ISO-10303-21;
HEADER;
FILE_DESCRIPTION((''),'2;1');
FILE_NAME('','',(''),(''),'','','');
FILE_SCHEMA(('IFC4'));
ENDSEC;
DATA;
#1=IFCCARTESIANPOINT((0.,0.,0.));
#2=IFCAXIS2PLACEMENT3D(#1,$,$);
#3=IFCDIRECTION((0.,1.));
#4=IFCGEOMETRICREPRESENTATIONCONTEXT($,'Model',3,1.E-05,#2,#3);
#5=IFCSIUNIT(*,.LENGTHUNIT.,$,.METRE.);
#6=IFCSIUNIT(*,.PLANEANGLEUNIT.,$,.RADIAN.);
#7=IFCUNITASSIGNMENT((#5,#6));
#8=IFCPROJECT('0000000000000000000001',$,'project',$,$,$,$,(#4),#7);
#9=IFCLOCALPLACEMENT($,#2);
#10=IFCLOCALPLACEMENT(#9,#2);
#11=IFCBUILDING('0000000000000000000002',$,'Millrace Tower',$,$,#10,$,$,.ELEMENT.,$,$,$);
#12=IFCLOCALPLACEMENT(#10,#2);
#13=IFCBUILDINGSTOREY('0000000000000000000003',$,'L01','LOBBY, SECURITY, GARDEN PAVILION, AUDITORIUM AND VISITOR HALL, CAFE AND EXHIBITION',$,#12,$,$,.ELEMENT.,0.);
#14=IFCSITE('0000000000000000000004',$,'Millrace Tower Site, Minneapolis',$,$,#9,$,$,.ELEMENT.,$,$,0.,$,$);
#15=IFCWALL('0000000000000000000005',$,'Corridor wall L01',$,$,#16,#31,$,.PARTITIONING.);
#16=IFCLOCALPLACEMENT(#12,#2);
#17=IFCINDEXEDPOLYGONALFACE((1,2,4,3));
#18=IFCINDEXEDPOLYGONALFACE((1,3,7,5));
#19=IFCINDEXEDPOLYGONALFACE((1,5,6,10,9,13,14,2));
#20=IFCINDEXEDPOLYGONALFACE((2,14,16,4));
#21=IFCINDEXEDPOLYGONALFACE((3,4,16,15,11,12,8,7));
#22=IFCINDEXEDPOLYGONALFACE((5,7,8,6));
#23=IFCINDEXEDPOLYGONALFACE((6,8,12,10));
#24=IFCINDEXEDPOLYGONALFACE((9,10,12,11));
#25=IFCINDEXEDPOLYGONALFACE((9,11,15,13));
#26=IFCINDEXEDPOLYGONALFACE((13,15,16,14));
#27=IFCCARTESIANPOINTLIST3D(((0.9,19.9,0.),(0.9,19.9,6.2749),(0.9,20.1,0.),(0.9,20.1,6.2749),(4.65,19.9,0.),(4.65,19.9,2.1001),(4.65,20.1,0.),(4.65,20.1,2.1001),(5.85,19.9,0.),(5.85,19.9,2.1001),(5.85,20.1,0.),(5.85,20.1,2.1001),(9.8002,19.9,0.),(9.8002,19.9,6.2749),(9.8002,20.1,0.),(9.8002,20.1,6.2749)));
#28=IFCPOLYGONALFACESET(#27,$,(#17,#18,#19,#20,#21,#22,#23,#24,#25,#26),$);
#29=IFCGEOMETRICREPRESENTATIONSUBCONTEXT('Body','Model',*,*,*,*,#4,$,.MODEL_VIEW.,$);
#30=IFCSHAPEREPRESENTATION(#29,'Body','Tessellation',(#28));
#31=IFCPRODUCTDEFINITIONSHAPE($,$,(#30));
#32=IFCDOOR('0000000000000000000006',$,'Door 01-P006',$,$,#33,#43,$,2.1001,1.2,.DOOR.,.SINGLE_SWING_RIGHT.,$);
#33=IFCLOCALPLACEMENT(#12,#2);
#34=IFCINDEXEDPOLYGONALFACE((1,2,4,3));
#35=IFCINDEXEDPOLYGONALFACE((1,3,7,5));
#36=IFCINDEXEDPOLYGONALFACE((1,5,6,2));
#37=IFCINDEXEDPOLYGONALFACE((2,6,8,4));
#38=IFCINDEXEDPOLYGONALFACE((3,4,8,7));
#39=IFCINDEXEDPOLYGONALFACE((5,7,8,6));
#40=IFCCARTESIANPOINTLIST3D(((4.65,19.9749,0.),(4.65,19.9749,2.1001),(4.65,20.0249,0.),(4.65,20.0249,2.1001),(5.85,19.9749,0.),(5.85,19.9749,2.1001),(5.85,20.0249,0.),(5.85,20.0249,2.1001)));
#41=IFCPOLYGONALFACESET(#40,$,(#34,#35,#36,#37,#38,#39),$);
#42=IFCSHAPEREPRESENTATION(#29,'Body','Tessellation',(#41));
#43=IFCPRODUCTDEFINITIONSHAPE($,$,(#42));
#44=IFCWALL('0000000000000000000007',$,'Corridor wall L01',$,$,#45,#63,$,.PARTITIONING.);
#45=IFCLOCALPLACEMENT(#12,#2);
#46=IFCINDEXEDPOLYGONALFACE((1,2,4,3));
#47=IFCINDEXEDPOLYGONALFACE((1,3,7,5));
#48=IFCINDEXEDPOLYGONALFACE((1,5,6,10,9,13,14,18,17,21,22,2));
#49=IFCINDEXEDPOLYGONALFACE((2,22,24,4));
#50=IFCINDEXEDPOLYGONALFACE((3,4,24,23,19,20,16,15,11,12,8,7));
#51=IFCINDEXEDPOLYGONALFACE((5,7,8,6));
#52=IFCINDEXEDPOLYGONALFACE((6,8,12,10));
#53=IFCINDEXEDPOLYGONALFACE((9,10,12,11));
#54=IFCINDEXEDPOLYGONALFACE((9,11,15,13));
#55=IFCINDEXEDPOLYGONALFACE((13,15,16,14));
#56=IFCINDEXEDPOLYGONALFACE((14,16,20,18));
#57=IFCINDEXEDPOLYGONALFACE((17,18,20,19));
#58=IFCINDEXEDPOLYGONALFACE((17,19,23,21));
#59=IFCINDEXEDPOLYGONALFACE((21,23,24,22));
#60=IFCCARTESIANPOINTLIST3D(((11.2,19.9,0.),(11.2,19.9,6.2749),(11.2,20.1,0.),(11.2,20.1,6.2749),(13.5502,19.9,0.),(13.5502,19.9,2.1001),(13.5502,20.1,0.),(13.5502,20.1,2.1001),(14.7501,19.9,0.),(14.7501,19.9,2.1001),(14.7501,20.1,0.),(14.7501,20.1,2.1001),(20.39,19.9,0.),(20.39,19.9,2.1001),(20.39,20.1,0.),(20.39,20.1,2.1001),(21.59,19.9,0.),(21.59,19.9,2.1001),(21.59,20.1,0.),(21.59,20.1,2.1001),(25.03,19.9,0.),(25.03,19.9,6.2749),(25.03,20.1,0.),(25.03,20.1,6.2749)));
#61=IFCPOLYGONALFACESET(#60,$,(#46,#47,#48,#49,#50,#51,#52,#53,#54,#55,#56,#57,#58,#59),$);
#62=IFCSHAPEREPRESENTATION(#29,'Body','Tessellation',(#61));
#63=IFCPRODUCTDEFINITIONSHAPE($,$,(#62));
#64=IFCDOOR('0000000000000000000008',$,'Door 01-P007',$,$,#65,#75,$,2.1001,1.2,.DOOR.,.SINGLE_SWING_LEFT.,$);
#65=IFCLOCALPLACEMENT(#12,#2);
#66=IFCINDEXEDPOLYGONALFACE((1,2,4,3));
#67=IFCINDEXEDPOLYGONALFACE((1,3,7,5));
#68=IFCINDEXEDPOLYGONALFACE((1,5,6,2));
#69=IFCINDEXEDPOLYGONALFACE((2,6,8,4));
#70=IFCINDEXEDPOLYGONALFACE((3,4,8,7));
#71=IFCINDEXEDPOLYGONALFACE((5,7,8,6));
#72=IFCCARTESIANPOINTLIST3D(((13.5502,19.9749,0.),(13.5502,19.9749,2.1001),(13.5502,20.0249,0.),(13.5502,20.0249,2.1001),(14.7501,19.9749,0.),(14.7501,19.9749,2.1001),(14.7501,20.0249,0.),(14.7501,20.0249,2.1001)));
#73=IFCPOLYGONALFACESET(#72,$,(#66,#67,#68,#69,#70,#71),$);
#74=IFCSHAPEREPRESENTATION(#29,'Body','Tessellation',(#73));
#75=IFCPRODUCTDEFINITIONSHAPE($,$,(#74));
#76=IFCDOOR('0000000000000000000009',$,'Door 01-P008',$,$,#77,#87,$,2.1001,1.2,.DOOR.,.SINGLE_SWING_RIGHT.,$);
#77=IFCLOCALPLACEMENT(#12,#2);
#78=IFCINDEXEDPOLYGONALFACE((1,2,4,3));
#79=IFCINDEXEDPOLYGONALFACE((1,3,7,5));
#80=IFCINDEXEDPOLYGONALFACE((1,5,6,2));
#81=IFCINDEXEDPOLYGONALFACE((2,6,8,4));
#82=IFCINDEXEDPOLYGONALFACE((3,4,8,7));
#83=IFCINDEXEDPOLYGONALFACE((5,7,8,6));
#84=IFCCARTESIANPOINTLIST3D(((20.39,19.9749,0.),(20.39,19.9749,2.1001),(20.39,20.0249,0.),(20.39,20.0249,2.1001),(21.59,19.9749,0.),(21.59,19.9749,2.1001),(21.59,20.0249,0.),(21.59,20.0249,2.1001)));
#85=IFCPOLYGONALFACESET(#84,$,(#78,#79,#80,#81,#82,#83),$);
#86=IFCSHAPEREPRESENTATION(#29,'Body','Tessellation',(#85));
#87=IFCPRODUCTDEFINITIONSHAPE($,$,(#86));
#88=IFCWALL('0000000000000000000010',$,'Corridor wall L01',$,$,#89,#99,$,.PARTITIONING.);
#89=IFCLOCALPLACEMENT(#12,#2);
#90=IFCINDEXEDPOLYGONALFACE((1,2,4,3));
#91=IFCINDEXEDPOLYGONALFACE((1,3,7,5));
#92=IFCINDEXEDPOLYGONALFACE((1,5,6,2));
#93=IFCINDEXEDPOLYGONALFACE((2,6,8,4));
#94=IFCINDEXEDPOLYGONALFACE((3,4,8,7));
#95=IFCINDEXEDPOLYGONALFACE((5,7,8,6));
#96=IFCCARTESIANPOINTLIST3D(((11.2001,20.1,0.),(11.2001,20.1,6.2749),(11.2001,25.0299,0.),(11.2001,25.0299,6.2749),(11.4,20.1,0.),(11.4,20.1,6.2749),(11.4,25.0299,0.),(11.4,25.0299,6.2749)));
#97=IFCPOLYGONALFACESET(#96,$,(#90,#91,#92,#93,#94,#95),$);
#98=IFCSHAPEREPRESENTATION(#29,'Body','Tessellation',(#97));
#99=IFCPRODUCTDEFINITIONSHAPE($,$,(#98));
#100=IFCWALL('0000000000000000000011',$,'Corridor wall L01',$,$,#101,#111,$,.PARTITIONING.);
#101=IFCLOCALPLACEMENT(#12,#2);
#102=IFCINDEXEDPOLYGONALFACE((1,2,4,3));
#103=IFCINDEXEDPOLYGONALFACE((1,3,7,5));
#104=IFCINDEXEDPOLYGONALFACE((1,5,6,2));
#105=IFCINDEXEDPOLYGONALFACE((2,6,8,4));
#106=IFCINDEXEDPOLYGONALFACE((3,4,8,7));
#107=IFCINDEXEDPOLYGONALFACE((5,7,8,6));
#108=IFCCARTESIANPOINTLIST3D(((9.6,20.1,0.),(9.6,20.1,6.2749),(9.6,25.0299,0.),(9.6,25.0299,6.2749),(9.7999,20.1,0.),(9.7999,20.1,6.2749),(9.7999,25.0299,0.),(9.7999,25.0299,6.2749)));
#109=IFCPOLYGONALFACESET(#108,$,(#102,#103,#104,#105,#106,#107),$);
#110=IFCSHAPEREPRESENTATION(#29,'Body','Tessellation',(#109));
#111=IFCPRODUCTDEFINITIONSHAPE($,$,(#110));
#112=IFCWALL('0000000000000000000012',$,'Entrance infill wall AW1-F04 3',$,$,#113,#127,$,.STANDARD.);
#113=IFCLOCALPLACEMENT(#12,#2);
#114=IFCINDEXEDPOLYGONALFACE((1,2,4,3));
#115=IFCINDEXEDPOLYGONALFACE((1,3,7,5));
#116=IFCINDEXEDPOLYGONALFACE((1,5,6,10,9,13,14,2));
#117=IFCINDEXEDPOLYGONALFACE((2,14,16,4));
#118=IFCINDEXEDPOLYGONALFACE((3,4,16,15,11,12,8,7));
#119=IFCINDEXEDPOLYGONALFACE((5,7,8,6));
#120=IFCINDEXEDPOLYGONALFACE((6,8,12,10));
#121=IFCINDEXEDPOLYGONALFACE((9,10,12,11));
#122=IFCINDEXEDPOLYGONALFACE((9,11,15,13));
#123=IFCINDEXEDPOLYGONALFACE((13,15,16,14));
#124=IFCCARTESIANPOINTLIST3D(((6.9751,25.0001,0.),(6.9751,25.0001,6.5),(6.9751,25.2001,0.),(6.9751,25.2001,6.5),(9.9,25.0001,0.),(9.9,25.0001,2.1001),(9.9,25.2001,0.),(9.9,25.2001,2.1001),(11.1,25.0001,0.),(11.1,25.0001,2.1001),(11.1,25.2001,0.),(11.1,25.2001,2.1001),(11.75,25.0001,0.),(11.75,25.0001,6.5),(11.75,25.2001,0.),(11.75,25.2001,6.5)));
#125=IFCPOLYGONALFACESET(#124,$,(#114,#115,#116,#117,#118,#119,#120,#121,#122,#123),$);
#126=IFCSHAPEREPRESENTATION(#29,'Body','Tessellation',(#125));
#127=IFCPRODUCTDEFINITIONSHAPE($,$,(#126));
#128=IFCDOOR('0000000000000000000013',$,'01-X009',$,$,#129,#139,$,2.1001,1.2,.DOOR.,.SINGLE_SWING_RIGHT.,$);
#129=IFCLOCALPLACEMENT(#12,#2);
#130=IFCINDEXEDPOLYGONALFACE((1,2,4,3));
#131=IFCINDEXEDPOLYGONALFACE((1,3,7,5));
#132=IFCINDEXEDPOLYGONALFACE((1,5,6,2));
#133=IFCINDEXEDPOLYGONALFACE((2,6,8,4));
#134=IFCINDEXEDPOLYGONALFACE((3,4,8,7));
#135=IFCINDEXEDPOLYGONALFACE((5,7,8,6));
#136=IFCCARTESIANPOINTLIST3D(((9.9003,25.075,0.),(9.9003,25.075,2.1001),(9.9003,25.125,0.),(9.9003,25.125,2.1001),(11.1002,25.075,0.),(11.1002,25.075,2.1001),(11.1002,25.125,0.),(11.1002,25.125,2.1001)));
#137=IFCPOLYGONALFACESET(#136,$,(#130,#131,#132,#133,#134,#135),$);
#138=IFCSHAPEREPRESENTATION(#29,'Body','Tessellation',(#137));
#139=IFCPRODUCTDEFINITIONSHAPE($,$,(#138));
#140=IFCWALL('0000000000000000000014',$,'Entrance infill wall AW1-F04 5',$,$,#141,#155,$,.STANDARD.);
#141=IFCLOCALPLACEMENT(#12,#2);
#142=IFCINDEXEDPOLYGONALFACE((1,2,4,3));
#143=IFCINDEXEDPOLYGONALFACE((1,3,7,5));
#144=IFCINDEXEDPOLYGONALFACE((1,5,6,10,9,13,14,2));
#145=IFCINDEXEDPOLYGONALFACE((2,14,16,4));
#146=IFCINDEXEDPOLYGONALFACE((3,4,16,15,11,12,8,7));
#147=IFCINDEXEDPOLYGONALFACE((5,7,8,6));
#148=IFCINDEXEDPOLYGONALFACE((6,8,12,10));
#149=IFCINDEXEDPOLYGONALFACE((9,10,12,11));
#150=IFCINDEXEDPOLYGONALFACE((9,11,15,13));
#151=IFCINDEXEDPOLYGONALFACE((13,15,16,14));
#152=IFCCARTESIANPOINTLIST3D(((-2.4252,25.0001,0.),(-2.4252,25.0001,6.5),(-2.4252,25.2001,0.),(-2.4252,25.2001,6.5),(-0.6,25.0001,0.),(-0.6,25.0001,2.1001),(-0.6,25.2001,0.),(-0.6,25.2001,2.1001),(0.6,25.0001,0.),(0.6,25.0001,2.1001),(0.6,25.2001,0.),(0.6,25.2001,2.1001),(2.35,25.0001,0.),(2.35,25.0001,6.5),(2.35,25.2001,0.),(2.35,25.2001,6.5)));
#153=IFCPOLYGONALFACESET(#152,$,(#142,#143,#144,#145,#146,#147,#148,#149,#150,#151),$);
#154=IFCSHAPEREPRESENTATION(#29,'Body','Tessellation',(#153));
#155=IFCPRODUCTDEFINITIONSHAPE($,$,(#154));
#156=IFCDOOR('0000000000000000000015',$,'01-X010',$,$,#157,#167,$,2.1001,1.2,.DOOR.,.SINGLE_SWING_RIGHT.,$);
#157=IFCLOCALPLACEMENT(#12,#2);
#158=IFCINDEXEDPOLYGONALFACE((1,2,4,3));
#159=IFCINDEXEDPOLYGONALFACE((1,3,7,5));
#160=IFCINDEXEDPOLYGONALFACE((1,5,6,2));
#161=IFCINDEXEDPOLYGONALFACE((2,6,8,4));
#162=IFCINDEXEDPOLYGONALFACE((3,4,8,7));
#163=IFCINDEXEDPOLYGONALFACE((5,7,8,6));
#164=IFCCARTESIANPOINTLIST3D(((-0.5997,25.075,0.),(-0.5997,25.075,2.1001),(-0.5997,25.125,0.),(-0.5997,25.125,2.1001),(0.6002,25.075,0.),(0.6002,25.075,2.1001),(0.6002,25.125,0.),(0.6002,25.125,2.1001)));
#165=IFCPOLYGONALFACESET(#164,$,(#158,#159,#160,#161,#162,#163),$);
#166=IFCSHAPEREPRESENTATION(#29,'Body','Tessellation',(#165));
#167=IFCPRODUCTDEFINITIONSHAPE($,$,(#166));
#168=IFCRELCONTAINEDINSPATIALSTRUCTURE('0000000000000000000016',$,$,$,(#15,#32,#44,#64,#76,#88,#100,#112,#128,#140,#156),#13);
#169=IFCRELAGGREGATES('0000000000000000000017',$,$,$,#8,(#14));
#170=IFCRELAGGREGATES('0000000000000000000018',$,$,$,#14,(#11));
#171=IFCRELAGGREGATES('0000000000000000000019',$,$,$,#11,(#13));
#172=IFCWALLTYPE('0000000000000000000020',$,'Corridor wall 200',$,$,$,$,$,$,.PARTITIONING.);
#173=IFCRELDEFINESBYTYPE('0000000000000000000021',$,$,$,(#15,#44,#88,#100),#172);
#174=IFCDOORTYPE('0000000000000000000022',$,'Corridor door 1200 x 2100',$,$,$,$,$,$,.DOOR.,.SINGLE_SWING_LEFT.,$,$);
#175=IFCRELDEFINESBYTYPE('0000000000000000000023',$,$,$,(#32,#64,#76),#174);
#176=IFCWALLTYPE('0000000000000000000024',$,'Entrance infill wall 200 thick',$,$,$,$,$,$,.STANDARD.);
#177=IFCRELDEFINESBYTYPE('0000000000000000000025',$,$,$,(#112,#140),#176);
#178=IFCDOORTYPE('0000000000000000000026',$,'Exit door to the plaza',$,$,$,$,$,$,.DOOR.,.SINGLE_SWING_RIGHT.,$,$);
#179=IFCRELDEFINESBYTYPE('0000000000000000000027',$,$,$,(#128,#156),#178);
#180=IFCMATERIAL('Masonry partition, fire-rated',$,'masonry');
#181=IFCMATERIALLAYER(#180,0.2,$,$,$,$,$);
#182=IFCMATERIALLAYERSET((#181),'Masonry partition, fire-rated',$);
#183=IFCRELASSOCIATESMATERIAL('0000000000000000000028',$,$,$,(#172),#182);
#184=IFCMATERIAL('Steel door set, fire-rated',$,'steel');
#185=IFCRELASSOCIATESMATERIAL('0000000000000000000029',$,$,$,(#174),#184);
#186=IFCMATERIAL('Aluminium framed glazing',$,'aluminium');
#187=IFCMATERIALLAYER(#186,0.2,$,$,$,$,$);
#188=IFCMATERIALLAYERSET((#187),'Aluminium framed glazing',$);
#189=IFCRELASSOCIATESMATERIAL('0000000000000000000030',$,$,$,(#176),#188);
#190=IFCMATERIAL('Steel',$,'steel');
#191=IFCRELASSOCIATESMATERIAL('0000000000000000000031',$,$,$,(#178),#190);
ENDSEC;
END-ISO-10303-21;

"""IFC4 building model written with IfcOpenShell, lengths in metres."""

from ifc_helpers import new_model, si_unit, direction, frame, frame_2d, origin, place, context, subcontext, project, spatial, rectangle, extrude, material, layer, layer_set, type_object, element, fill, save


model = new_model("IFC4")

# Units and contexts
model_context = context("Model", 3, precision=1e-05, world=origin(), true_north=direction((0.0, 1.0)))
body_context = subcontext(model_context, "Body", "Model", "MODEL_VIEW")
ifc_project = project(units=[si_unit("LENGTHUNIT", "METRE"), si_unit("PLANEANGLEUNIT", "RADIAN")], contexts=[model_context])

# Site, building, storey
site_placement = place(None, origin())
site = spatial("IfcSite", under=ifc_project, at=site_placement, Name="Millrace Tower Site, Minneapolis", CompositionType="ELEMENT", RefElevation=0.0)
building_placement = place(site_placement, origin())
building = spatial("IfcBuilding", under=site, at=building_placement, Name="Millrace Tower", CompositionType="ELEMENT")
storey_placement = place(building_placement, origin())
storey = spatial("IfcBuildingStorey", under=building, at=storey_placement, Name="L01", Description="LOBBY, SECURITY, GARDEN PAVILION, AUDITORIUM AND VISITOR HALL, CAFE AND EXHIBITION", CompositionType="ELEMENT", Elevation=0.0)

# Wall, opening, door
ifc_material_1 = material(Name="Masonry partition, fire-rated", Category="masonry")
ifc_layer_1 = layer(ifc_material_1, 0.2)
ifc_layer_set_1 = layer_set([ifc_layer_1], Name="Masonry partition, fire-rated")
wall_type_1 = type_object("IfcWallType", Name="Corridor wall 200", PredefinedType="PARTITIONING", material=ifc_layer_set_1)
wall_1_placement = place(storey_placement, frame((0.8999, 20.0, 0.0), z_axis=(0.0, 0.0, 1.0), x_axis=(1.0, 0.0, 0.0)))
wall_1 = element("IfcWall", 1, at=wall_1_placement, inside=storey, type_object=wall_type_1, Name="Corridor wall L01", PredefinedType="PARTITIONING", context=body_context, shape_type="SweptSolid", body=[
    extrude(rectangle(XDim=8.9001, YDim=0.2, at=frame_2d((4.4502, 0.0))), origin(), (0.0, 0.0, 1.0), 6.2749),
])
opening_1_placement = place(wall_1_placement, frame((3.75, 0.0, 0.0)))
opening_1 = element("IfcOpeningElement", 2, at=opening_1_placement, cuts=wall_1, PredefinedType="OPENING", context=body_context, shape_type="SweptSolid", body=[
    extrude(rectangle(XDim=1.2, YDim=2.1001, at=frame_2d((0.6001, 1.05))), frame((0.0, 0.1099, 0.0), z_axis=(0.0, -1.0, 0.0), x_axis=(1.0, 0.0, 0.0)), (0.0, 0.0, 1.0), 0.22),
])
ifc_material_2 = material(Name="Steel door set, fire-rated", Category="steel")
door_type_1 = type_object("IfcDoorType", Name="Corridor door 1200 x 2100", OperationType="SINGLE_SWING_LEFT", PredefinedType="DOOR", material=ifc_material_2)
door_1_placement = place(opening_1_placement, origin())
door_1 = element("IfcDoor", 3, at=door_1_placement, inside=storey, type_object=door_type_1, Name="Door 01-P006", OperationType="SINGLE_SWING_RIGHT", OverallHeight=2.1001, OverallWidth=1.2, PredefinedType="DOOR", context=body_context, shape_type="SweptSolid", body=[
    extrude(rectangle(XDim=1.2, YDim=2.1001, at=frame_2d((0.6001, 1.05))), frame((0.0, 0.0249, 0.0), z_axis=(0.0, -1.0, 0.0), x_axis=(1.0, 0.0, 0.0)), (0.0, 0.0, 1.0), 0.05),
])
fill(opening_1, door_1)

# Wall, openings, doors
wall_2_placement = place(storey_placement, frame((11.2, 20.0, 0.0), z_axis=(0.0, 0.0, 1.0), x_axis=(1.0, 0.0, 0.0)))
wall_2 = element("IfcWall", 4, at=wall_2_placement, inside=storey, type_object=wall_type_1, Name="Corridor wall L01", PredefinedType="PARTITIONING", context=body_context, shape_type="SweptSolid", body=[
    extrude(rectangle(XDim=13.8301, YDim=0.2, at=frame_2d((6.915, 0.0))), origin(), (0.0, 0.0, 1.0), 6.2749),
])
opening_2_placement = place(wall_2_placement, frame((2.3501, 0.0, 0.0)))
opening_2 = element("IfcOpeningElement", 5, at=opening_2_placement, cuts=wall_2, PredefinedType="OPENING", context=body_context, shape_type="SweptSolid", body=[
    extrude(rectangle(XDim=1.2, YDim=2.1001, at=frame_2d((0.6001, 1.05))), frame((0.0, 0.1099, 0.0), z_axis=(0.0, -1.0, 0.0), x_axis=(1.0, 0.0, 0.0)), (0.0, 0.0, 1.0), 0.22),
])
opening_3_placement = place(wall_2_placement, frame((9.1899, 0.0, 0.0)))
opening_3 = element("IfcOpeningElement", 6, at=opening_3_placement, cuts=wall_2, PredefinedType="OPENING", context=body_context, shape_type="SweptSolid", body=[
    extrude(rectangle(XDim=1.2, YDim=2.1001, at=frame_2d((0.6001, 1.05))), frame((0.0, 0.1099, 0.0), z_axis=(0.0, -1.0, 0.0), x_axis=(1.0, 0.0, 0.0)), (0.0, 0.0, 1.0), 0.22),
])
door_2_placement = place(opening_2_placement, origin())
door_2 = element("IfcDoor", 7, at=door_2_placement, inside=storey, type_object=door_type_1, Name="Door 01-P007", OperationType="SINGLE_SWING_LEFT", OverallHeight=2.1001, OverallWidth=1.2, PredefinedType="DOOR", context=body_context, shape_type="SweptSolid", body=[
    extrude(rectangle(XDim=1.2, YDim=2.1001, at=frame_2d((0.6001, 1.05))), frame((0.0, 0.0249, 0.0), z_axis=(0.0, -1.0, 0.0), x_axis=(1.0, 0.0, 0.0)), (0.0, 0.0, 1.0), 0.05),
])
fill(opening_2, door_2)
door_3_placement = place(opening_3_placement, origin())
door_3 = element("IfcDoor", 8, at=door_3_placement, inside=storey, type_object=door_type_1, Name="Door 01-P008", OperationType="SINGLE_SWING_RIGHT", OverallHeight=2.1001, OverallWidth=1.2, PredefinedType="DOOR", context=body_context, shape_type="SweptSolid", body=[
    extrude(rectangle(XDim=1.2, YDim=2.1001, at=frame_2d((0.6001, 1.05))), frame((0.0, 0.0249, 0.0), z_axis=(0.0, -1.0, 0.0), x_axis=(1.0, 0.0, 0.0)), (0.0, 0.0, 1.0), 0.05),
])
fill(opening_3, door_3)

# Walls
for number, where, z_axis, x_axis, name in (
    (9, (11.3, 20.1001, 0.0), (0.0, 0.0, 1.0), (0.0, 1.0, 0.0), "Corridor wall L01"),
    (10, (9.7, 20.1001, 0.0), (0.0, 0.0, 1.0), (0.0, 1.0, 0.0), "Corridor wall L01"),
):
    element("IfcWall", number, at=place(storey_placement, frame(where, z_axis=z_axis, x_axis=x_axis)), inside=storey, type_object=wall_type_1, Name=name, PredefinedType="PARTITIONING", context=body_context, shape_type="SweptSolid", body=[
        extrude(rectangle(XDim=4.9299, YDim=0.2, at=frame_2d((2.4648, 0.0))), origin(), (0.0, 0.0, 1.0), 6.2749),
    ])

# Walls, openings, doors
ifc_material_3 = material(Name="Aluminium framed glazing", Category="aluminium")
ifc_layer_2 = layer(ifc_material_3, 0.2)
ifc_layer_set_2 = layer_set([ifc_layer_2], Name="Aluminium framed glazing")
wall_type_2 = type_object("IfcWallType", Name="Entrance infill wall 200 thick", PredefinedType="STANDARD", material=ifc_layer_set_2)
wall_3_placement = place(storey_placement, frame((11.75, 25.1001, 0.0), z_axis=(0.0, 0.0, 1.0), x_axis=(-1.0, 0.0, 0.0)))
wall_3 = element("IfcWall", 11, at=wall_3_placement, inside=storey, type_object=wall_type_2, Name="Entrance infill wall AW1-F04 3", PredefinedType="STANDARD", context=body_context, shape_type="SweptSolid", body=[
    extrude(rectangle(XDim=4.7749, YDim=0.2, at=frame_2d((2.3875, 0.0))), origin(), (0.0, 0.0, 1.0), 6.5),
])
opening_4_placement = place(wall_3_placement, frame((0.6499, 0.0, 0.0)))
opening_4 = element("IfcOpeningElement", 12, at=opening_4_placement, cuts=wall_3, PredefinedType="OPENING", context=body_context, shape_type="SweptSolid", body=[
    extrude(rectangle(XDim=1.2, YDim=2.1001, at=frame_2d((0.6001, 1.05))), frame((0.0, 0.1099, 0.0), z_axis=(0.0, -1.0, 0.0), x_axis=(1.0, 0.0, 0.0)), (0.0, 0.0, 1.0), 0.22),
])
ifc_material_4 = material(Name="Steel", Category="steel")
door_type_2 = type_object("IfcDoorType", Name="Exit door to the plaza", OperationType="SINGLE_SWING_RIGHT", PredefinedType="DOOR", material=ifc_material_4)
door_4_placement = place(opening_4_placement, frame((1.2, 0.0, 0.0), z_axis=(0.0, 0.0, 1.0), x_axis=(-1.0, 0.0, 0.0)))
door_4 = element("IfcDoor", 13, at=door_4_placement, inside=storey, type_object=door_type_2, Name="01-X009", OperationType="SINGLE_SWING_RIGHT", OverallHeight=2.1001, OverallWidth=1.2, PredefinedType="DOOR", context=body_context, shape_type="SweptSolid", body=[
    extrude(rectangle(XDim=1.2, YDim=2.1001, at=frame_2d((0.6001, 1.05))), frame((0.0, 0.0249, 0.0), z_axis=(0.0, -1.0, 0.0), x_axis=(1.0, 0.0, 0.0)), (0.0, 0.0, 1.0), 0.05),
])
fill(opening_4, door_4)
wall_4_placement = place(storey_placement, frame((2.3501, 25.1001, 0.0), z_axis=(0.0, 0.0, 1.0), x_axis=(-1.0, 0.0, 0.0)))
wall_4 = element("IfcWall", 14, at=wall_4_placement, inside=storey, type_object=wall_type_2, Name="Entrance infill wall AW1-F04 5", PredefinedType="STANDARD", context=body_context, shape_type="SweptSolid", body=[
    extrude(rectangle(XDim=4.7751, YDim=0.2, at=frame_2d((2.3877, 0.0))), origin(), (0.0, 0.0, 1.0), 6.5),
])
opening_5_placement = place(wall_4_placement, frame((1.75, 0.0, 0.0)))
opening_5 = element("IfcOpeningElement", 15, at=opening_5_placement, cuts=wall_4, PredefinedType="OPENING", context=body_context, shape_type="SweptSolid", body=[
    extrude(rectangle(XDim=1.2, YDim=2.1001, at=frame_2d((0.6001, 1.05))), frame((0.0, 0.1099, 0.0), z_axis=(0.0, -1.0, 0.0), x_axis=(1.0, 0.0, 0.0)), (0.0, 0.0, 1.0), 0.22),
])
door_5_placement = place(opening_5_placement, frame((1.2, 0.0, 0.0), z_axis=(0.0, 0.0, 1.0), x_axis=(-1.0, 0.0, 0.0)))
door_5 = element("IfcDoor", 16, at=door_5_placement, inside=storey, type_object=door_type_2, Name="01-X010", OperationType="SINGLE_SWING_RIGHT", OverallHeight=2.1001, OverallWidth=1.2, PredefinedType="DOOR", context=body_context, shape_type="SweptSolid", body=[
    extrude(rectangle(XDim=1.2, YDim=2.1001, at=frame_2d((0.6001, 1.05))), frame((0.0, 0.0249, 0.0), z_axis=(0.0, -1.0, 0.0), x_axis=(1.0, 0.0, 0.0)), (0.0, 0.0, 1.0), 0.05),
])
fill(opening_5, door_5)

save(model, "model.ifc")
